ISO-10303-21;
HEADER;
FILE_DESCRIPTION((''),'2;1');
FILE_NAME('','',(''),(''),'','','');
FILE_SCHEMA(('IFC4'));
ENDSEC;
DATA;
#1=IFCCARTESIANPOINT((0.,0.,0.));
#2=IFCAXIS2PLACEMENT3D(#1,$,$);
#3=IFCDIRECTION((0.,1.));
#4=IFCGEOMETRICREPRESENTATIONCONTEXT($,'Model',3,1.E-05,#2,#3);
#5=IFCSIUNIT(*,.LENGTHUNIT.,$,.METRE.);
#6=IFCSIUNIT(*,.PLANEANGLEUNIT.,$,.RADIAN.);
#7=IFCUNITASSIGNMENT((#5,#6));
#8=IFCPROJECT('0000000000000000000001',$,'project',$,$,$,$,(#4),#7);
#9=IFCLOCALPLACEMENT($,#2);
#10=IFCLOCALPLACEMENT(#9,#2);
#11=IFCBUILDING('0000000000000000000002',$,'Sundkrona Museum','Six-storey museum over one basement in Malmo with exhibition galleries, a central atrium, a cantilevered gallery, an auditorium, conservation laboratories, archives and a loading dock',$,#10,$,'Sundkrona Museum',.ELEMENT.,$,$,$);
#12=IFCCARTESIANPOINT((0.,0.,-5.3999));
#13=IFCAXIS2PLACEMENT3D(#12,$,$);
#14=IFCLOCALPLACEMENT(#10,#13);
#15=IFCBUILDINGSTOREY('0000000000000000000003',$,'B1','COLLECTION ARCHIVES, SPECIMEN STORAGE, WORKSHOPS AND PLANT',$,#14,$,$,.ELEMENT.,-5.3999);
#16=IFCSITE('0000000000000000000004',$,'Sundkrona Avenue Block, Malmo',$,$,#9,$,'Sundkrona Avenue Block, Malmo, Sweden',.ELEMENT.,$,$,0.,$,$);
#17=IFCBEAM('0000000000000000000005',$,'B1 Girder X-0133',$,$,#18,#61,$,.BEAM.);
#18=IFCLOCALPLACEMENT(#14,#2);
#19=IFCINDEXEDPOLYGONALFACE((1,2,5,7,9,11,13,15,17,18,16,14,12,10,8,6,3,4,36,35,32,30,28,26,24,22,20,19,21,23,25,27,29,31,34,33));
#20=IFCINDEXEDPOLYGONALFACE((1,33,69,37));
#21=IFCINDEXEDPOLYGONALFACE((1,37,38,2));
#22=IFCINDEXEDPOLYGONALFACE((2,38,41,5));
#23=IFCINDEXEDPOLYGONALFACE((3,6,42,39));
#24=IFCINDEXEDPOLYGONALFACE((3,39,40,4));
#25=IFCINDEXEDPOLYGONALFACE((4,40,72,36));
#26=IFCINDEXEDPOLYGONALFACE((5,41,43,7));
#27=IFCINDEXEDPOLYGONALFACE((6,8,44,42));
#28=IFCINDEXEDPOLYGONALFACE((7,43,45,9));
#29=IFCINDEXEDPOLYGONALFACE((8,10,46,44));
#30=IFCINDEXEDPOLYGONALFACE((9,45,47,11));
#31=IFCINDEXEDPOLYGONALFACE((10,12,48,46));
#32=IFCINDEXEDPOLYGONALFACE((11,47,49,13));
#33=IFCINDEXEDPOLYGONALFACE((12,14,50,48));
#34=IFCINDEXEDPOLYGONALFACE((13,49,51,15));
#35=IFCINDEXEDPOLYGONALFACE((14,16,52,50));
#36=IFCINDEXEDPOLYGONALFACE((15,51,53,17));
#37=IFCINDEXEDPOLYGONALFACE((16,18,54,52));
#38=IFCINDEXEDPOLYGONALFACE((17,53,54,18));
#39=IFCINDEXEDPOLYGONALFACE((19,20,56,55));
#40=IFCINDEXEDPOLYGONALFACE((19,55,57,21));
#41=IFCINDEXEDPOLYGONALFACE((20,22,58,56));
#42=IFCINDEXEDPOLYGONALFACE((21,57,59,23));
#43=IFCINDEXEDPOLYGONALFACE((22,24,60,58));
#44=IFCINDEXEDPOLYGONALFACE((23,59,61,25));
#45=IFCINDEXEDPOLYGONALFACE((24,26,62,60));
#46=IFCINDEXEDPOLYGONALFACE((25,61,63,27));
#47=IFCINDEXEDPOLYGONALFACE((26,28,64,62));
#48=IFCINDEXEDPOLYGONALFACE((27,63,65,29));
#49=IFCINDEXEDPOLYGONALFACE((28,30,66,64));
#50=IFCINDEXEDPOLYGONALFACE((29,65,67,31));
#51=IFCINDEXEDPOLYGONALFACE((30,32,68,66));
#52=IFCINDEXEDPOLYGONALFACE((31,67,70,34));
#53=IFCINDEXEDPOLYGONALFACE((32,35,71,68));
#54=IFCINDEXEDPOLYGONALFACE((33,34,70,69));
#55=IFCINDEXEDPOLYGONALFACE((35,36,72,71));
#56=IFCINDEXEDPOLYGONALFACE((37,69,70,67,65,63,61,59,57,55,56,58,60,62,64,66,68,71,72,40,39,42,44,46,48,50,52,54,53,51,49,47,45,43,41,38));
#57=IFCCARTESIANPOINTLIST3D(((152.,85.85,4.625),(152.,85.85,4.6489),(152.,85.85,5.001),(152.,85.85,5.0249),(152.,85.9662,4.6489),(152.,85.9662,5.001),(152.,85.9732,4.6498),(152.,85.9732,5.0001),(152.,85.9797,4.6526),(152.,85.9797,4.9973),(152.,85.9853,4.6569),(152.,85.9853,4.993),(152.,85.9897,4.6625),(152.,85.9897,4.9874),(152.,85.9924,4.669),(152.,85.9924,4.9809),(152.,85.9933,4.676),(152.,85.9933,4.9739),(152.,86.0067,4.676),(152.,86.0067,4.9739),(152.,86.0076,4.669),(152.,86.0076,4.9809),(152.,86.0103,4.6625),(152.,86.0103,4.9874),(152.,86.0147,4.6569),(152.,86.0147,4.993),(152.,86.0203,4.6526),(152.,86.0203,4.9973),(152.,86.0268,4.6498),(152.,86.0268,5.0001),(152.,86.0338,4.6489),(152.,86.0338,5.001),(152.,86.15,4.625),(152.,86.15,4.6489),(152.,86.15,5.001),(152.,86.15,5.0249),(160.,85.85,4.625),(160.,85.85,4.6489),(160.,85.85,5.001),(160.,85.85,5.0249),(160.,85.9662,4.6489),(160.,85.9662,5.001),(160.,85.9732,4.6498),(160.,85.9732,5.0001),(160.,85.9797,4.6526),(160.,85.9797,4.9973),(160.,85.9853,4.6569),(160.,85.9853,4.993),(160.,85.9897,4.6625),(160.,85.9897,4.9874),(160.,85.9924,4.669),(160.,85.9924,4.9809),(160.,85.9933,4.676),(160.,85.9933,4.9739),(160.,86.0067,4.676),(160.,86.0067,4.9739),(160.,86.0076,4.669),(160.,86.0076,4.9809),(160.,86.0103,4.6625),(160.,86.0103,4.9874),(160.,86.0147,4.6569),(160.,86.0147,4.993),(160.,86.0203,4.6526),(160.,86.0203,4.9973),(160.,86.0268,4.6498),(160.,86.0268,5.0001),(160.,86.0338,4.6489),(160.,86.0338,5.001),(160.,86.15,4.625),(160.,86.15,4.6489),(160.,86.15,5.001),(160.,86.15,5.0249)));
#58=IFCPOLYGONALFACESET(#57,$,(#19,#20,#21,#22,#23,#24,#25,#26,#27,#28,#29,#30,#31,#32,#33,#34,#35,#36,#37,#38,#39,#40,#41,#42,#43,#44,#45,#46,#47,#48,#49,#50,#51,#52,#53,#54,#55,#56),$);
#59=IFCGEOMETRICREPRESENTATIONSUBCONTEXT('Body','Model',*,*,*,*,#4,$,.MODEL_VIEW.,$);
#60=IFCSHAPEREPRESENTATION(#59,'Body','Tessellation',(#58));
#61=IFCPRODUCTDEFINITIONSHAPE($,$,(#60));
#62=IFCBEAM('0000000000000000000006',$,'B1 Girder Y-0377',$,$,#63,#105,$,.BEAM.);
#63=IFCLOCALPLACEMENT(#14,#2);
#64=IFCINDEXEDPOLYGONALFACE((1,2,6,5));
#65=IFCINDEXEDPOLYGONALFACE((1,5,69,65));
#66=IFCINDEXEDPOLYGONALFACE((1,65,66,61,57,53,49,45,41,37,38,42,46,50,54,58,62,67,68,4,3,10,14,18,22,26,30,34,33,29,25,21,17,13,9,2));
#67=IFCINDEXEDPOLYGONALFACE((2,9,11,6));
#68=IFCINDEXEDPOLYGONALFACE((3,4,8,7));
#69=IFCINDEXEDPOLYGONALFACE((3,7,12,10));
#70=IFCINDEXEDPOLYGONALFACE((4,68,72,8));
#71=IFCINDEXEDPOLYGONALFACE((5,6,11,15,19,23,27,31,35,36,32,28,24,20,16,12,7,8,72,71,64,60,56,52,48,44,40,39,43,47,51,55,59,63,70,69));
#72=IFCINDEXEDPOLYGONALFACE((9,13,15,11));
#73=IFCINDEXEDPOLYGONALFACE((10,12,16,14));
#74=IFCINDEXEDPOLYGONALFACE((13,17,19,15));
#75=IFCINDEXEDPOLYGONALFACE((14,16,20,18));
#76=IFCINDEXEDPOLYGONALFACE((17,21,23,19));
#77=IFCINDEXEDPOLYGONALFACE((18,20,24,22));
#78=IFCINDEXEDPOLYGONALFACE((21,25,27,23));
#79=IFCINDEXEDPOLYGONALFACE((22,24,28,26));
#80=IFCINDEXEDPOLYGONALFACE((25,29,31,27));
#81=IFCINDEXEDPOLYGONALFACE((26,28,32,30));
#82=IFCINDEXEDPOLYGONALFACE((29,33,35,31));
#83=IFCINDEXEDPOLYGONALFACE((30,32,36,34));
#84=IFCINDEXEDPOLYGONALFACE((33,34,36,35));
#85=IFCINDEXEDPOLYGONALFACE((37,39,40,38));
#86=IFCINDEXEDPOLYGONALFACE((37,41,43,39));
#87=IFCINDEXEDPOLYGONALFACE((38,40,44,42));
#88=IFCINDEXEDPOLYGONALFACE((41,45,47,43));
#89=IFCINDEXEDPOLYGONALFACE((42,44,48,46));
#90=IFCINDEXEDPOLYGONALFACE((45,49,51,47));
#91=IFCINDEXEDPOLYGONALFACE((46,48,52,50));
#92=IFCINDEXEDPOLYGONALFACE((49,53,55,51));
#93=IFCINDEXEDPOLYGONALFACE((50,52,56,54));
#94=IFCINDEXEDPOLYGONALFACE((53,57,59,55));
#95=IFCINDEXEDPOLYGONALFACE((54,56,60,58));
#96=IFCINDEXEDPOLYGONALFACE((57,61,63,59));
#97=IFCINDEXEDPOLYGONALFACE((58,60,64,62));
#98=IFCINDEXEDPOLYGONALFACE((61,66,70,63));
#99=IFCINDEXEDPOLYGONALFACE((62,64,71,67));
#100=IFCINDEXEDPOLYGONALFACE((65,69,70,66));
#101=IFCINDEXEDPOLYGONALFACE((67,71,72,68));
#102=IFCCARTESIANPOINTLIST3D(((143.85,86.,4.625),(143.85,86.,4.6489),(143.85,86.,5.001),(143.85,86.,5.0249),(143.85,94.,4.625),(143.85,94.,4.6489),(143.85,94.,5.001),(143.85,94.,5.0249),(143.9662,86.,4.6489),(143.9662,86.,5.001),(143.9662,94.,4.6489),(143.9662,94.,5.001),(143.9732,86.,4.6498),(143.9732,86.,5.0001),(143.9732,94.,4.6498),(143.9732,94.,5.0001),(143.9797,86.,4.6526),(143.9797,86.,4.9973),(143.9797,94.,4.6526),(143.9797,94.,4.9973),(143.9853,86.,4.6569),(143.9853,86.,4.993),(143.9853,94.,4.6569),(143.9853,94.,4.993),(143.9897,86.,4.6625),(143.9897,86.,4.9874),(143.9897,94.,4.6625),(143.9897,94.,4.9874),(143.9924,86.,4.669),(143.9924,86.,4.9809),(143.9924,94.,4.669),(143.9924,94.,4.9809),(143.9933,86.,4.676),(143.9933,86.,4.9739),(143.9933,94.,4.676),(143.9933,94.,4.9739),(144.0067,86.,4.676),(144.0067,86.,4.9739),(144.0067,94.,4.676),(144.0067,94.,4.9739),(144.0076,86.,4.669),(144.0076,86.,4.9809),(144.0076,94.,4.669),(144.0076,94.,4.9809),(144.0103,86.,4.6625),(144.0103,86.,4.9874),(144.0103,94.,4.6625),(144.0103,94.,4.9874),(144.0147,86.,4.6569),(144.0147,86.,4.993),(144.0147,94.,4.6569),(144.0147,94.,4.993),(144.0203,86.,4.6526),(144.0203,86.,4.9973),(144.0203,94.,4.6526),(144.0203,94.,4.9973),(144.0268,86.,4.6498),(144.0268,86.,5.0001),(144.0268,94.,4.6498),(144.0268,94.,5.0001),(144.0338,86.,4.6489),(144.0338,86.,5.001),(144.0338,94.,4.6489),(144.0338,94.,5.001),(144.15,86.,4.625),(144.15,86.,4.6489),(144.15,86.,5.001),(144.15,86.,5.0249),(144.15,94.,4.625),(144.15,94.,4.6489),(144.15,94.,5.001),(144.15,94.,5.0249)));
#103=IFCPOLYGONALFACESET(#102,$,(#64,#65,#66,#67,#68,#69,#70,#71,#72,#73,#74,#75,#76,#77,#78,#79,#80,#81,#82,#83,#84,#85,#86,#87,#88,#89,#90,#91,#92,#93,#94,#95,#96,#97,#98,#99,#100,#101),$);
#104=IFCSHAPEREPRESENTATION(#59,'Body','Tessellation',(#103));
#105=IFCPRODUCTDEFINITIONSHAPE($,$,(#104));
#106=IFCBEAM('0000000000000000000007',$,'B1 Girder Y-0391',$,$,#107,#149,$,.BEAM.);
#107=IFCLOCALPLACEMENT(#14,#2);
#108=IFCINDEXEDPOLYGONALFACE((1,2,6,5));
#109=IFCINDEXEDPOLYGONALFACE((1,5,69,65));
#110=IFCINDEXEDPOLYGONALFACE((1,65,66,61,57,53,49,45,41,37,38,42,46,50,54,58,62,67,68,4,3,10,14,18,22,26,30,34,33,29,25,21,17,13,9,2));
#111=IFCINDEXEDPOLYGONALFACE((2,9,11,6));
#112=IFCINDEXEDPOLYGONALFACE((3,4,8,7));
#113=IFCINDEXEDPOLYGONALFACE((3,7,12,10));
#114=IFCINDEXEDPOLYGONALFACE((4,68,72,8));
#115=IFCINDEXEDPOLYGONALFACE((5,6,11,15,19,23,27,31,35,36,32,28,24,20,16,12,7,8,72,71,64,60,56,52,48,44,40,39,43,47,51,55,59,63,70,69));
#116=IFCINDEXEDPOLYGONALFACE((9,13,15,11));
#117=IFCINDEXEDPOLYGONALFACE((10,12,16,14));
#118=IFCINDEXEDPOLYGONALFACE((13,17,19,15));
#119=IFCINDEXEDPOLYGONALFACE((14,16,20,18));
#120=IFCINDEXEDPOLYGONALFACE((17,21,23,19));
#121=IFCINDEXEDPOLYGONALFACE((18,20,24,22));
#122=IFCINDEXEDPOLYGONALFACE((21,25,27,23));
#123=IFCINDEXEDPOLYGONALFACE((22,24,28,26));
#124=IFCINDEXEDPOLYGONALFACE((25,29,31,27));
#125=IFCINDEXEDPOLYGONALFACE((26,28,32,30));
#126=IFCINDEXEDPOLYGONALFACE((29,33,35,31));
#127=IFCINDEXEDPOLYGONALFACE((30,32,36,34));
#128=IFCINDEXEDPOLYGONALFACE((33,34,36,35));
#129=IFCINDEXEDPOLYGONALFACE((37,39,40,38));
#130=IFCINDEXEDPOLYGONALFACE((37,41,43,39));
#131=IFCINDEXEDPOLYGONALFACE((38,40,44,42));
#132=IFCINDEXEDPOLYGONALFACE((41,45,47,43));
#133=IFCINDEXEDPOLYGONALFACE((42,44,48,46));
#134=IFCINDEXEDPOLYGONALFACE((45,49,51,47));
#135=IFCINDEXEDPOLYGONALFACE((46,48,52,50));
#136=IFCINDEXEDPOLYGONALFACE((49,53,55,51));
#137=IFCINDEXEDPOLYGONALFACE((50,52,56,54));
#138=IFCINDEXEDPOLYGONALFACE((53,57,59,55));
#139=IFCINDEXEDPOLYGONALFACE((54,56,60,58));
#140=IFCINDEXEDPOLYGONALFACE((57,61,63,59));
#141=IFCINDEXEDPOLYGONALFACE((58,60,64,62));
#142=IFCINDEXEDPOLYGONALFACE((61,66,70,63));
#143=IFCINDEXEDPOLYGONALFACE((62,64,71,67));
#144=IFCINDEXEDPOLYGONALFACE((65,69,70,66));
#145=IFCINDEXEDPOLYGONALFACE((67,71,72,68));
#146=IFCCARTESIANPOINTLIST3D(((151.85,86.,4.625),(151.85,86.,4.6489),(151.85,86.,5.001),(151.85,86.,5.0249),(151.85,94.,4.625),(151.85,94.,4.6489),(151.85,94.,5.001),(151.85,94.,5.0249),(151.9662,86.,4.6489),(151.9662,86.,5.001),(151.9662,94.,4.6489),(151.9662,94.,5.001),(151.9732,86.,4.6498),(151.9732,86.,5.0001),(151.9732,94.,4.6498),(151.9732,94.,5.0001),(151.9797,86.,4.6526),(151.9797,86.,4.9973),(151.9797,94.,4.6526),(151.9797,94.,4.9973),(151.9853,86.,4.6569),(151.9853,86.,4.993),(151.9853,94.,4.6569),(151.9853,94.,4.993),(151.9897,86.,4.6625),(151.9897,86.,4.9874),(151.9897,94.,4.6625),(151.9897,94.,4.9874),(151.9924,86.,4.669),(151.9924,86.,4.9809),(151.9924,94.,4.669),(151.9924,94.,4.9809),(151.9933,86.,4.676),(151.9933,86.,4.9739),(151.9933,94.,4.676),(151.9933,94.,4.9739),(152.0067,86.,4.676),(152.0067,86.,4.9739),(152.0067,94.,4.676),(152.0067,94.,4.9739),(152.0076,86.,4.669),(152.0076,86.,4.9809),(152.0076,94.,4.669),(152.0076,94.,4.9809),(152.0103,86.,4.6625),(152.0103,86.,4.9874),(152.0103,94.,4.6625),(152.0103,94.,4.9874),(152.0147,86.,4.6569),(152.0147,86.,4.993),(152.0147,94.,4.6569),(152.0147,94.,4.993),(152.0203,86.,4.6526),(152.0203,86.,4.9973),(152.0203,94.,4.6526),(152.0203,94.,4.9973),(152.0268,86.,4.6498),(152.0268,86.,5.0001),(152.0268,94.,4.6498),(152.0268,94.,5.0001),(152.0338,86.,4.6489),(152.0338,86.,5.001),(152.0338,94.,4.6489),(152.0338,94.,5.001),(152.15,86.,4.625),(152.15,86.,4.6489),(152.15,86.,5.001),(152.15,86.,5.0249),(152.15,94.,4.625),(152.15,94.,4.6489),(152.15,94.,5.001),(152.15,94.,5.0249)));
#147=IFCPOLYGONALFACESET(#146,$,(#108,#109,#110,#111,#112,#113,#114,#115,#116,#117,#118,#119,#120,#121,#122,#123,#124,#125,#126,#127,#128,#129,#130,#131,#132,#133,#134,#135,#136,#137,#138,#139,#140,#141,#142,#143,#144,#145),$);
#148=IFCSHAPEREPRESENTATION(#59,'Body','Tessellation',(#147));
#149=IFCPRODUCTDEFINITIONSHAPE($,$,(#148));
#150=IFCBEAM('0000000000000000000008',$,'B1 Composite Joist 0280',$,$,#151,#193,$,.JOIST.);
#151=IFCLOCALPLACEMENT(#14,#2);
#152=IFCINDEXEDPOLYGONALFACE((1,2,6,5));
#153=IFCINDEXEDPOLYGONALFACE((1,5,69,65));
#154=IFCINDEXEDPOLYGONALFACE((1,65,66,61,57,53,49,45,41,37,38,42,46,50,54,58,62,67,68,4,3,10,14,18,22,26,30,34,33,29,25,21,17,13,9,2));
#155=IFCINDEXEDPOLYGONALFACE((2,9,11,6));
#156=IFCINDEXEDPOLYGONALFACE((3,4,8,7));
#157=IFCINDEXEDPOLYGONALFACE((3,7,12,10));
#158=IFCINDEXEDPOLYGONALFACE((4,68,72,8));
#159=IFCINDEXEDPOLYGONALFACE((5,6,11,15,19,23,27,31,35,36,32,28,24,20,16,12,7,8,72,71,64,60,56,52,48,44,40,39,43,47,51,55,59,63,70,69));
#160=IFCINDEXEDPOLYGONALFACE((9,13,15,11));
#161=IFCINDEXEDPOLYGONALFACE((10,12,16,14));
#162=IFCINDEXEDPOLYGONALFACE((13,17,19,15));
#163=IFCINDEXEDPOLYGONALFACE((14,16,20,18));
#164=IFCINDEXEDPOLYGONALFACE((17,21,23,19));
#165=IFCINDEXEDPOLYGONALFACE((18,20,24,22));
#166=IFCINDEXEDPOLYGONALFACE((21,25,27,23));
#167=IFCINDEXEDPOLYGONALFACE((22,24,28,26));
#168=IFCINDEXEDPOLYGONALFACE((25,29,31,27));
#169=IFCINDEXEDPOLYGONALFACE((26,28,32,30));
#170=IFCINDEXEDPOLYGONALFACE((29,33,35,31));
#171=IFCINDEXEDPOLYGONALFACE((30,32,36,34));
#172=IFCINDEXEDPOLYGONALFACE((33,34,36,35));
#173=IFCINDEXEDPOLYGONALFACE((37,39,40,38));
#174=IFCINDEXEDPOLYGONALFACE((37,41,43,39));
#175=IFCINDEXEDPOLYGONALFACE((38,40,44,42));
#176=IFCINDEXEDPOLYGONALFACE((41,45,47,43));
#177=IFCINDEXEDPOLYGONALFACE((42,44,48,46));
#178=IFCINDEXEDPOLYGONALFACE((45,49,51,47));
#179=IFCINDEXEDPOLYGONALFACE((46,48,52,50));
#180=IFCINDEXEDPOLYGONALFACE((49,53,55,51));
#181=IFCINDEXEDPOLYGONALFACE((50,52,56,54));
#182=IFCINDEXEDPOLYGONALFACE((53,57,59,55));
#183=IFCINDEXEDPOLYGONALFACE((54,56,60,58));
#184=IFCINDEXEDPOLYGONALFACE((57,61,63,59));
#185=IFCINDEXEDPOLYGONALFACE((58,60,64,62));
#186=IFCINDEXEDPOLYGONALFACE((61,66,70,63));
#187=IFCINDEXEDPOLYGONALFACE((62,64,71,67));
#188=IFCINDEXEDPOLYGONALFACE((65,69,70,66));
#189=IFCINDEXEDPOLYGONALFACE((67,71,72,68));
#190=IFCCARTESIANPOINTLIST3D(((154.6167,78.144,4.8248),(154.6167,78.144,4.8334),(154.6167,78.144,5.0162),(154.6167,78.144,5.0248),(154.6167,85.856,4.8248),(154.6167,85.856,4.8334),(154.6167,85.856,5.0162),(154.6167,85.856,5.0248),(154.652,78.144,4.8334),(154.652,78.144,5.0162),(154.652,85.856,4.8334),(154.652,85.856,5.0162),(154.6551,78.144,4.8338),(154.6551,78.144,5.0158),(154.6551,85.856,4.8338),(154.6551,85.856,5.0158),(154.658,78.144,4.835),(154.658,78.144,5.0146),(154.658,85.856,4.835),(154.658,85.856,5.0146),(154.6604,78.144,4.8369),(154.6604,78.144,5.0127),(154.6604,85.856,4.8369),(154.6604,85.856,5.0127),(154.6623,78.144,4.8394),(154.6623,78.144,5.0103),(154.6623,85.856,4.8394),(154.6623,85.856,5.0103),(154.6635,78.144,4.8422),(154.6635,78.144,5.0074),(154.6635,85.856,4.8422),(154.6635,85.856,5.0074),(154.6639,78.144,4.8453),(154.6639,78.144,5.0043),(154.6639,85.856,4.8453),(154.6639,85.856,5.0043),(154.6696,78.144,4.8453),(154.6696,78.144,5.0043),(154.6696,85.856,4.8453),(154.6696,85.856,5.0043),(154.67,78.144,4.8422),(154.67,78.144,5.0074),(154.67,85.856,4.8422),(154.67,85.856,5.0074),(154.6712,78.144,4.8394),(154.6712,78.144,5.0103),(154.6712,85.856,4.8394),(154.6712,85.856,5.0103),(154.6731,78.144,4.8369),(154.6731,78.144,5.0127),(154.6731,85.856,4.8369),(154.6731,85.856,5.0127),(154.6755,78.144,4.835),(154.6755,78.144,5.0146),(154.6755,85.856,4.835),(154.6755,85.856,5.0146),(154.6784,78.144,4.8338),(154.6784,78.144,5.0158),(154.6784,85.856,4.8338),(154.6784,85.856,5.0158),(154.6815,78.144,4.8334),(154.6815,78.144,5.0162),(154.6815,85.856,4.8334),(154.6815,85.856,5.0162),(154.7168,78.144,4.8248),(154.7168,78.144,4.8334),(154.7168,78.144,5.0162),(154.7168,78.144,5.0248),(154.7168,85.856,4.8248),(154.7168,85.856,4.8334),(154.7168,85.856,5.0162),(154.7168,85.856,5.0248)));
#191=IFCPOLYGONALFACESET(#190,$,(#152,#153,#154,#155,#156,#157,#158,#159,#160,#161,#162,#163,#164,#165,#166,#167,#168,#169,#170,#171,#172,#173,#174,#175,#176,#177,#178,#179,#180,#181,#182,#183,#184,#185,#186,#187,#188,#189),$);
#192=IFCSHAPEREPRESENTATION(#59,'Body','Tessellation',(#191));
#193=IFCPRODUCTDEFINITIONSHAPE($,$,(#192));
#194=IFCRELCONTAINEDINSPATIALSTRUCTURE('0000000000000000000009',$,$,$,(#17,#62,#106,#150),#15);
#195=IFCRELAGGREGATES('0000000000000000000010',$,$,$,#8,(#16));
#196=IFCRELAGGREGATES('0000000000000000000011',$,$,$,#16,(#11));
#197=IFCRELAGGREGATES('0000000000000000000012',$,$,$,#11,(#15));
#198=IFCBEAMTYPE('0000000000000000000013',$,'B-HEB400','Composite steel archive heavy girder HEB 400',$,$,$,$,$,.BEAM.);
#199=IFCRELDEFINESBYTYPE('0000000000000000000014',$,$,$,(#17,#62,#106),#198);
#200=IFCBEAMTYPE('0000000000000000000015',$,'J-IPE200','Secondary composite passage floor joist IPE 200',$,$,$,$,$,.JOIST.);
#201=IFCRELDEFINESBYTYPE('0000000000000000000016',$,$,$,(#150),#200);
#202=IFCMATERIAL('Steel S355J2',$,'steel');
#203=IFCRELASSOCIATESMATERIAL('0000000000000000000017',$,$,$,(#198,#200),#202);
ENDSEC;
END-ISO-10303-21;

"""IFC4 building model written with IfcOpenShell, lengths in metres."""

from ifc_helpers import new_model, si_unit, direction, frame, origin, origin_2d, place, context, subcontext, project, spatial, i_section, extrude, material, material_profile, profile_set, type_object, element, save


model = new_model("IFC4")

# Units and contexts
model_context = context("Model", 3, precision=1e-05, world=origin(), true_north=direction((0.0, 1.0)))
body_context = subcontext(model_context, "Body", "Model", "MODEL_VIEW")
ifc_project = project(units=[si_unit("LENGTHUNIT", "METRE"), si_unit("PLANEANGLEUNIT", "RADIAN")], contexts=[model_context])

# Site, building, storey
site_placement = place(None, origin())
site = spatial("IfcSite", under=ifc_project, at=site_placement, Name="Sundkrona Avenue Block, Malmo", LongName="Sundkrona Avenue Block, Malmo, Sweden", CompositionType="ELEMENT", RefElevation=0.0)
building_placement = place(site_placement, origin())
building = spatial("IfcBuilding", under=site, at=building_placement, Name="Sundkrona Museum", Description="Six-storey museum over one basement in Malmo with exhibition galleries, a central atrium, a cantilevered gallery, an auditorium, conservation laboratories, archives and a loading dock", LongName="Sundkrona Museum", CompositionType="ELEMENT")
storey_placement = place(building_placement, frame((0.0, 0.0, -5.3999)))
storey = spatial("IfcBuildingStorey", under=building, at=storey_placement, Name="B1", Description="COLLECTION ARCHIVES, SPECIMEN STORAGE, WORKSHOPS AND PLANT", CompositionType="ELEMENT", Elevation=-5.3999)

# Beams
ifc_material_1 = material(Name="Steel S355J2", Category="steel")
ifc_material_profile_1 = material_profile(ifc_material_1, i_section(OverallWidth=0.3, OverallDepth=0.3999, WebThickness=0.0134, FlangeThickness=0.0239, FilletRadius=0.0271, at=origin_2d()), Name="HEB 400")
ifc_profile_set_1 = profile_set([ifc_material_profile_1], Name="Steel S355J2")
beam_type_1 = type_object("IfcBeamType", Name="B-HEB400", Description="Composite steel archive heavy girder HEB 400", PredefinedType="BEAM", material=ifc_profile_set_1)
for number, where, z_axis, x_axis, name in (
    (1, (152.0, 86.0, 4.825), (1.0, 0.0, 0.0), (0.0, 1.0, 0.0), "B1 Girder X-0133"),
    (2, (144.0, 86.0, 4.825), (0.0, 1.0, 0.0), (-1.0, 0.0, 0.0), "B1 Girder Y-0377"),
    (3, (152.0, 86.0, 4.825), (0.0, 1.0, 0.0), (-1.0, 0.0, 0.0), "B1 Girder Y-0391"),
):
    element("IfcBeam", number, at=place(storey_placement, frame(where, z_axis=z_axis, x_axis=x_axis)), inside=storey, type_object=beam_type_1, Name=name, PredefinedType="BEAM", context=body_context, shape_type="SweptSolid", body=[
        extrude(i_section(OverallWidth=0.3, OverallDepth=0.3999, WebThickness=0.0134, FlangeThickness=0.0239, FilletRadius=0.0271, at=origin_2d()), origin(), (0.0, 0.0, 1.0), 8.0),
    ])
ifc_material_profile_2 = material_profile(ifc_material_1, i_section(OverallWidth=0.1001, OverallDepth=0.2, WebThickness=0.0056, FlangeThickness=0.0085, FilletRadius=0.012, at=origin_2d()), Name="IPE 200")
ifc_profile_set_2 = profile_set([ifc_material_profile_2], Name="Steel S355J2")
beam_type_2 = type_object("IfcBeamType", Name="J-IPE200", Description="Secondary composite passage floor joist IPE 200", PredefinedType="JOIST", material=ifc_profile_set_2)
beam_1_placement = place(storey_placement, frame((154.6667, 78.144, 4.9248), z_axis=(0.0, 1.0, 0.0), x_axis=(-1.0, 0.0, 0.0)))
element("IfcBeam", 4, at=beam_1_placement, inside=storey, type_object=beam_type_2, Name="B1 Composite Joist 0280", PredefinedType="JOIST", context=body_context, shape_type="SweptSolid", body=[
    extrude(i_section(OverallWidth=0.1001, OverallDepth=0.2, WebThickness=0.0056, FlangeThickness=0.0085, FilletRadius=0.012, at=origin_2d()), origin(), (0.0, 0.0, 1.0), 7.7119),
])

save(model, "model.ifc")
